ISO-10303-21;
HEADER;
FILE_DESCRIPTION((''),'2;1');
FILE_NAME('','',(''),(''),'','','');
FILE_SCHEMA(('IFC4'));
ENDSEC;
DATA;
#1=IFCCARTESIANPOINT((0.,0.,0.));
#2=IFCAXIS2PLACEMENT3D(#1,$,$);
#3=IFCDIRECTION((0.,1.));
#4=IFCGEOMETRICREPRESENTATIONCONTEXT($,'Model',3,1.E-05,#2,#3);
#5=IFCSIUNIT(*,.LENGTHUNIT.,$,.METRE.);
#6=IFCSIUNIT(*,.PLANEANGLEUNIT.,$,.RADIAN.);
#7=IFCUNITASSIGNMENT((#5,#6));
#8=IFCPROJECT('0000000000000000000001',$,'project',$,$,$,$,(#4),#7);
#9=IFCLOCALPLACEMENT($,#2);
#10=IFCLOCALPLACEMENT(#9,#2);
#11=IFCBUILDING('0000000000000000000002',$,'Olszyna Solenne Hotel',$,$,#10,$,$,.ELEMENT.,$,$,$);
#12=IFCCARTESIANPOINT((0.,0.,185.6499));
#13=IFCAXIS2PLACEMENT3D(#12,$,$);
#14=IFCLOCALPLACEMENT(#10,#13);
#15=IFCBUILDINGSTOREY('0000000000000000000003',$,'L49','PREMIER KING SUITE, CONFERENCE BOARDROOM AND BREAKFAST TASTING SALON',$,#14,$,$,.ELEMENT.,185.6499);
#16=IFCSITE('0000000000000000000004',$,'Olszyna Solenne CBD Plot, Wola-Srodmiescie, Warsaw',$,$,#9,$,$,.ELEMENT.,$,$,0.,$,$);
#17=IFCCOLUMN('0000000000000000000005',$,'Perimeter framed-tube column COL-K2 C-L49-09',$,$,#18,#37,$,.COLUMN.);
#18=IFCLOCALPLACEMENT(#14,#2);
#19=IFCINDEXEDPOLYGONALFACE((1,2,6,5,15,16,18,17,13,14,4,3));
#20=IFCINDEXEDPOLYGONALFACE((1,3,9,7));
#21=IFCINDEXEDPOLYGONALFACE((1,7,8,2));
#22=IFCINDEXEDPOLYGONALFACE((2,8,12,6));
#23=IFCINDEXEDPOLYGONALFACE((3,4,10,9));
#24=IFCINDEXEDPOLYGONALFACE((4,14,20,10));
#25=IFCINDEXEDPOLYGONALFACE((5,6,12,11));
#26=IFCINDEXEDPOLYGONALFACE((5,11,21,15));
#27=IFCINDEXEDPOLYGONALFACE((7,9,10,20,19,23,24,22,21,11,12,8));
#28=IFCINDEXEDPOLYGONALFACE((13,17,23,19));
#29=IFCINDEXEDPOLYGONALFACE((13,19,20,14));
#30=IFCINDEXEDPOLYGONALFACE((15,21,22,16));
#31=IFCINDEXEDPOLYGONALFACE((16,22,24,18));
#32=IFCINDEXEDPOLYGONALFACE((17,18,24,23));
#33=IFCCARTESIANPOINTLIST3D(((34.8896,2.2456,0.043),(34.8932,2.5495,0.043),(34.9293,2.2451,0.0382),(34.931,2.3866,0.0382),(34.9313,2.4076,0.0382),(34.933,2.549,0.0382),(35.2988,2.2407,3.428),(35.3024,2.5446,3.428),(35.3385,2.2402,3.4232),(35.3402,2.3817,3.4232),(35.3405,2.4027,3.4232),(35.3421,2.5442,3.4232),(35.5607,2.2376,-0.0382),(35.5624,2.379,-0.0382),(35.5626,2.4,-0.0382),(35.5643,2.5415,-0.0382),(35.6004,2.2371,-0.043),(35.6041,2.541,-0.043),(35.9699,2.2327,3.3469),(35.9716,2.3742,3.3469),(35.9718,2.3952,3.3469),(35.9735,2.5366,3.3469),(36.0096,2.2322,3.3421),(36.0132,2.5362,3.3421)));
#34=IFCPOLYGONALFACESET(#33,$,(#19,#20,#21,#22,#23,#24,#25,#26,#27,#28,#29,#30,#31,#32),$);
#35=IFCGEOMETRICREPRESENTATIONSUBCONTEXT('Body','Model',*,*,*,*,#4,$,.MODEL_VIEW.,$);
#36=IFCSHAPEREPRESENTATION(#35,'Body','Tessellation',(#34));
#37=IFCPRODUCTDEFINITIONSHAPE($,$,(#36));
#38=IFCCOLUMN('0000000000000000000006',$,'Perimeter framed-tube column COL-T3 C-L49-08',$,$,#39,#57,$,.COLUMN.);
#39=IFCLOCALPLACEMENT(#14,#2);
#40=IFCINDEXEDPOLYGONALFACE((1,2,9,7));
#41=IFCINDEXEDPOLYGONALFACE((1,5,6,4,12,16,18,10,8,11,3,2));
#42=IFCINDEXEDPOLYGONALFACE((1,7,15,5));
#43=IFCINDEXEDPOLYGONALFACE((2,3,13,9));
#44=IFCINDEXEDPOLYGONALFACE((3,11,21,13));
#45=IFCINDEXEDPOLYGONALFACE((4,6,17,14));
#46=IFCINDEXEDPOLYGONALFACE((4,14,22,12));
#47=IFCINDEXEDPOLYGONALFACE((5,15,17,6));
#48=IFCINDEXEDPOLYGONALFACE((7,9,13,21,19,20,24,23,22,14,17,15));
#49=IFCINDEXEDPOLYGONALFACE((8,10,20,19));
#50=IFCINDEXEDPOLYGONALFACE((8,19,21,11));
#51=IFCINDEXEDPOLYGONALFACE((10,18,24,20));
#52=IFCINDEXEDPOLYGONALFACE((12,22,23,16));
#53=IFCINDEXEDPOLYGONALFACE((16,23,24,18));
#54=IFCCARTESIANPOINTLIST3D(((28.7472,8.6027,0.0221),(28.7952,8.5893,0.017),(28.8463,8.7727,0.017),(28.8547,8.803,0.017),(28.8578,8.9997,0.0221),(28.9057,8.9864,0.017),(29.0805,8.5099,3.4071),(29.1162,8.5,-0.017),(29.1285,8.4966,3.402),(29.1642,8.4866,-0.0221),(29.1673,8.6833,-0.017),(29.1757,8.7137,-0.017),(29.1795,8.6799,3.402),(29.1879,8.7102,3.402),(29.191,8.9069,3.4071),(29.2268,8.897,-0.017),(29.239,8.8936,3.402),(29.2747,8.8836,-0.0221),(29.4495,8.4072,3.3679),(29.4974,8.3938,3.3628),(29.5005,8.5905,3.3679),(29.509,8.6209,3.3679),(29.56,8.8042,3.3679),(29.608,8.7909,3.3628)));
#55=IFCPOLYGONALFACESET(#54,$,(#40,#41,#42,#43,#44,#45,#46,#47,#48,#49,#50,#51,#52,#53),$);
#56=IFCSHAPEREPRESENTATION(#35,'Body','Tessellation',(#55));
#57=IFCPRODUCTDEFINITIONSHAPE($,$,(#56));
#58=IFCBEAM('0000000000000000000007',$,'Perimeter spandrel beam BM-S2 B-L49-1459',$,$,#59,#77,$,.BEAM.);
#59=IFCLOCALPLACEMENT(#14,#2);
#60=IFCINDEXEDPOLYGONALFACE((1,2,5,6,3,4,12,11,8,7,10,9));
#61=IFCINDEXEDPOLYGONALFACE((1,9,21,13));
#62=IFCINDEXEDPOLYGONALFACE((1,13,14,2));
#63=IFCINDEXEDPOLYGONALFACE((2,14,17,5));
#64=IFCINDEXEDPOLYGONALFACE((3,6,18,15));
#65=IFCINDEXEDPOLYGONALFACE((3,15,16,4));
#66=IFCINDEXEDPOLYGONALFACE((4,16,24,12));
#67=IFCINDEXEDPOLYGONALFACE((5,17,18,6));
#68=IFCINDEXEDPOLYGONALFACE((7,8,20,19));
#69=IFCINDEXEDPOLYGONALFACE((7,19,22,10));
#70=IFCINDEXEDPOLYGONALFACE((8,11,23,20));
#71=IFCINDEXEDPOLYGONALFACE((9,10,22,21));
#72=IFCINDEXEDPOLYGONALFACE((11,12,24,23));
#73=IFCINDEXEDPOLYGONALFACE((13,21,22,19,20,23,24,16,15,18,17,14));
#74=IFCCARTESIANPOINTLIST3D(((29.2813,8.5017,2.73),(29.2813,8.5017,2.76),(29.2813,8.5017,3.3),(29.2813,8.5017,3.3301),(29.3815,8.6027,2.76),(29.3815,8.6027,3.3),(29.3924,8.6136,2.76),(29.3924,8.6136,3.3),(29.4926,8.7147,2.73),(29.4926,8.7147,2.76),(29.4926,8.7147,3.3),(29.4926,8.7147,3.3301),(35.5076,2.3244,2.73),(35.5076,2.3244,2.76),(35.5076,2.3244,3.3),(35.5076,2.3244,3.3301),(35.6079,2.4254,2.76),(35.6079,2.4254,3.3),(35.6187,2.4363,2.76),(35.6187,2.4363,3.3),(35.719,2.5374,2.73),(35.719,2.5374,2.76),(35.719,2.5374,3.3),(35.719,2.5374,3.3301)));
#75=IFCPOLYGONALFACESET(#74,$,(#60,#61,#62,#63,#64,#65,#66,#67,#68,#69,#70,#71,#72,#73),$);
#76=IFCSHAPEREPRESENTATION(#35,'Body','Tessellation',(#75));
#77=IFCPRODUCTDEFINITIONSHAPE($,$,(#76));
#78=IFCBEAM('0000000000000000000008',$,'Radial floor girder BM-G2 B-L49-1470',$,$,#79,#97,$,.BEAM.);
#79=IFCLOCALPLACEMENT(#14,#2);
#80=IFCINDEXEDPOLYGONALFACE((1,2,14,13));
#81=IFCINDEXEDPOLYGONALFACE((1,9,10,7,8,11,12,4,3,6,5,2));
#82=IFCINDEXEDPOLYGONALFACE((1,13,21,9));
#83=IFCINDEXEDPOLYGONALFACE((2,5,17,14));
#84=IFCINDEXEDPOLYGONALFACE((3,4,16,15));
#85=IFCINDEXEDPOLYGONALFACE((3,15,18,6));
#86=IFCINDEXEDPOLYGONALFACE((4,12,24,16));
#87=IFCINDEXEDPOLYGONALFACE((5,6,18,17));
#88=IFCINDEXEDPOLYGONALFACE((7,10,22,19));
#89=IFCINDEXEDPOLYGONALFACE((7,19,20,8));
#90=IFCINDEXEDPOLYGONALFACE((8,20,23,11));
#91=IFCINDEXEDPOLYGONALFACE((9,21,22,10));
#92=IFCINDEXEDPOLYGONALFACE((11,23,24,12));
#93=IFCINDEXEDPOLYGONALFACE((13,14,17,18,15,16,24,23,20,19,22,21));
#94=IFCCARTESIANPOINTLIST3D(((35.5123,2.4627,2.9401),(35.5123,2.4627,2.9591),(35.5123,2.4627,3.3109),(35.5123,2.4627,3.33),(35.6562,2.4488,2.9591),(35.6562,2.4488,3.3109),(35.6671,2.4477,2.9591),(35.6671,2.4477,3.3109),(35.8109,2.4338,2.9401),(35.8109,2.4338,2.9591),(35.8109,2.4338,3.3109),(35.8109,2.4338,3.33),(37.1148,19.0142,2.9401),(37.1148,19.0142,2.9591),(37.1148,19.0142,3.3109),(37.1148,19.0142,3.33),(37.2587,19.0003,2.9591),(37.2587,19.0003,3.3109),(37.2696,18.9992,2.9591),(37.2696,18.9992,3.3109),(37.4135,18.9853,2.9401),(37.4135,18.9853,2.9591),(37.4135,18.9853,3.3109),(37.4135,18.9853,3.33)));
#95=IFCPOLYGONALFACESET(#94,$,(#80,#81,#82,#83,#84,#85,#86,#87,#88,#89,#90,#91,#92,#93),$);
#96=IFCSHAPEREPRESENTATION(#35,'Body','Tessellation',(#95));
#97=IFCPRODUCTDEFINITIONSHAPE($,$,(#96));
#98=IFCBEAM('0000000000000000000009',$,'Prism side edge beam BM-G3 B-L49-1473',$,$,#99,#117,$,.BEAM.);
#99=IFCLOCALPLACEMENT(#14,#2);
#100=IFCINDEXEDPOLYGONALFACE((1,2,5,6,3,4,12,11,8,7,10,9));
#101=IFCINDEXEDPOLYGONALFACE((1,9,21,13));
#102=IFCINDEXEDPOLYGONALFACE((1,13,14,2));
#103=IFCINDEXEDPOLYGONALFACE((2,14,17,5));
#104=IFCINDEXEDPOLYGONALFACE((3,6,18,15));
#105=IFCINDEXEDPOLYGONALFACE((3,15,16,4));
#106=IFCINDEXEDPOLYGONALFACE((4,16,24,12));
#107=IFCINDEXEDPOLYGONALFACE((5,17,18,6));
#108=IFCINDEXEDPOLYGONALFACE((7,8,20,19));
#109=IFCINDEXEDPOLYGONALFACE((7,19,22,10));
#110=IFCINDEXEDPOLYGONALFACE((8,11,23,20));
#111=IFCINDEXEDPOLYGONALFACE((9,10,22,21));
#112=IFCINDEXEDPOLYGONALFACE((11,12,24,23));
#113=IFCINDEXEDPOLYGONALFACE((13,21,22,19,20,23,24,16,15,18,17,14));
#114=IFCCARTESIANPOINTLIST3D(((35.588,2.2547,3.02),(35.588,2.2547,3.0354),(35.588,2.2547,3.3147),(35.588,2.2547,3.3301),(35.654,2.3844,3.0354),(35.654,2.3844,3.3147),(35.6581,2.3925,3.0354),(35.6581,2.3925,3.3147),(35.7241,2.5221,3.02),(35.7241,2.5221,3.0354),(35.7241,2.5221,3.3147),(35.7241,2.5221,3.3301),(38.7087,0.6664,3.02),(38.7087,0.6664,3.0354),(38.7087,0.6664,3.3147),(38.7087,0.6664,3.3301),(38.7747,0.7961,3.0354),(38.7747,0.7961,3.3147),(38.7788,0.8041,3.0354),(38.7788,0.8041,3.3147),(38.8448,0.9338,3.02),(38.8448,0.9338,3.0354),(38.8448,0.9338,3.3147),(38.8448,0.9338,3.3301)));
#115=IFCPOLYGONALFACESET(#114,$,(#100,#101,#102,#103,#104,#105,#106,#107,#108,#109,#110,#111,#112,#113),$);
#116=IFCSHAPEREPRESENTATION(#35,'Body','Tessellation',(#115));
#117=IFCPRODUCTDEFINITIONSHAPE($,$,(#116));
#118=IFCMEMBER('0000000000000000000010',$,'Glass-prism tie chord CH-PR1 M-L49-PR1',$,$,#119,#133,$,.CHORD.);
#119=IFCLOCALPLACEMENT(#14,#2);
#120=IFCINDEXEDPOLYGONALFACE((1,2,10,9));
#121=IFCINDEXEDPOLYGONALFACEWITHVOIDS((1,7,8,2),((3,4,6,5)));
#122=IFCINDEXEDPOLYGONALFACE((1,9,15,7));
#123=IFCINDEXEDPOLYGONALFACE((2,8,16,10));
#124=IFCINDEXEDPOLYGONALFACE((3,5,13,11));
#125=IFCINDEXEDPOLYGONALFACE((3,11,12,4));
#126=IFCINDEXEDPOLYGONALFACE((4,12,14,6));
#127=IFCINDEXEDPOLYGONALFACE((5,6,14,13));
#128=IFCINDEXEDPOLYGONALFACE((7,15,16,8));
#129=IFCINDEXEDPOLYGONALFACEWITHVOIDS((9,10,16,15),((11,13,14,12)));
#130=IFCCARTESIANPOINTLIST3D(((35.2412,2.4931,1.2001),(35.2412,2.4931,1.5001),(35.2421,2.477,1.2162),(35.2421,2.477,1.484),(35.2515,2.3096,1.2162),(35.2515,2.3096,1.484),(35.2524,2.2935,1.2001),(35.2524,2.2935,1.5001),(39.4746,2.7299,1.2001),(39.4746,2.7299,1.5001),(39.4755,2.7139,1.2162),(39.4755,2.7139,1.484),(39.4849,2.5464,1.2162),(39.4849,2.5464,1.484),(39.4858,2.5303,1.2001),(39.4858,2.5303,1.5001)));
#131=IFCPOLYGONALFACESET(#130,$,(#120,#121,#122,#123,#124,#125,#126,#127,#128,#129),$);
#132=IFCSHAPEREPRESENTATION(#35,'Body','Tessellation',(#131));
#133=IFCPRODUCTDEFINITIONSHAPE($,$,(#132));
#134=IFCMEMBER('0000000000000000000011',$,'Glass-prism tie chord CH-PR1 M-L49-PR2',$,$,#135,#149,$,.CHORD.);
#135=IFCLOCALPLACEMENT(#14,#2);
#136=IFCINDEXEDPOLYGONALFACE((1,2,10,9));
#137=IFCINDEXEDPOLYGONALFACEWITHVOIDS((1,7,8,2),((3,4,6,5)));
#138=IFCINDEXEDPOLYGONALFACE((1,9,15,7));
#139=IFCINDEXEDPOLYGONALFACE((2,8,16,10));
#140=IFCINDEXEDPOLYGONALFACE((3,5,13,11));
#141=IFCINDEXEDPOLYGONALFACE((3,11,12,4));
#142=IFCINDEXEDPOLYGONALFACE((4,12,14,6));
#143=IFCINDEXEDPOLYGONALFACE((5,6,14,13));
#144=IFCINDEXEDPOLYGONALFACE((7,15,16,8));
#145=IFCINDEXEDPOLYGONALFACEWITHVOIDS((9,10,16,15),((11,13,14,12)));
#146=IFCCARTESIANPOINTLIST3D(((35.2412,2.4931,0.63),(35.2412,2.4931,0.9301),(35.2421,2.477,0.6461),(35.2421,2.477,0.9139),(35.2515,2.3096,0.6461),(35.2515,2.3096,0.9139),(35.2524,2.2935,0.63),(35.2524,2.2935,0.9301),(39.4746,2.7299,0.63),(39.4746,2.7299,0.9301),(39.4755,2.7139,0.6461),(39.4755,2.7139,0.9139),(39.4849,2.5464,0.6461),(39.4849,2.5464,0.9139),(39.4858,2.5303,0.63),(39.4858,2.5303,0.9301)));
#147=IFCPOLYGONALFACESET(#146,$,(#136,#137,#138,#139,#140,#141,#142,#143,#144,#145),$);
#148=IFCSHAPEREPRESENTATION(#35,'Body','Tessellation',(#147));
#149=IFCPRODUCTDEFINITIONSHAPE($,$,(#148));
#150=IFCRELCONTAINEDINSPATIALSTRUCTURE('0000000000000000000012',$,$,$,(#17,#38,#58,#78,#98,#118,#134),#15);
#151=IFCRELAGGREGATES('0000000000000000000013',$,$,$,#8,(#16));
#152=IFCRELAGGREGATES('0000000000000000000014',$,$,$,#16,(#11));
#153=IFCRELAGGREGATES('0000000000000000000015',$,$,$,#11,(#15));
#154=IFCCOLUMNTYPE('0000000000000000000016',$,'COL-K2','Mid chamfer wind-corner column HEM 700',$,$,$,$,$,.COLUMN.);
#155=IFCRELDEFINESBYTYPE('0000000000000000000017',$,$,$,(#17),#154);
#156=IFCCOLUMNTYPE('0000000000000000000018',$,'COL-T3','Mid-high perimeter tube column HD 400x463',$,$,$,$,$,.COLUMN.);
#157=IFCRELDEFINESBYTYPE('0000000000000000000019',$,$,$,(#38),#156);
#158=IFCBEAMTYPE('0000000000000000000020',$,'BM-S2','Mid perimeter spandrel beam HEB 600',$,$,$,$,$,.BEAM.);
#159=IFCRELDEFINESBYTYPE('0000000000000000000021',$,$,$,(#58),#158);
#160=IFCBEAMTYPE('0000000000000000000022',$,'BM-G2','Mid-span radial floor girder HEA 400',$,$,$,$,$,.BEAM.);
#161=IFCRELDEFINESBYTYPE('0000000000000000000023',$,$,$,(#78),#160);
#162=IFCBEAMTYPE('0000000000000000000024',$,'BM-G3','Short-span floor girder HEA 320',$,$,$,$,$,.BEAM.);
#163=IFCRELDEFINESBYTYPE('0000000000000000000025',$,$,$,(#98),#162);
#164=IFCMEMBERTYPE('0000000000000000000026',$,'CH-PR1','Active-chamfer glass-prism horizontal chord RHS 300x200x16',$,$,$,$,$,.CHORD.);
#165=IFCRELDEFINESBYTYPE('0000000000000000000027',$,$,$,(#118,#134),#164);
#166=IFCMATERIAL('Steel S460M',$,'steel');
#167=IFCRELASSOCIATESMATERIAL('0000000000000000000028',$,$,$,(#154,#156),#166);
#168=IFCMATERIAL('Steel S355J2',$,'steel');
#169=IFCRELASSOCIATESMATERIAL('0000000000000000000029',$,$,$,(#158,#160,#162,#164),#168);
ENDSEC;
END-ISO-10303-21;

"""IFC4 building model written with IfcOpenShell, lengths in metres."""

from ifc_helpers import new_model, si_unit, direction, frame, origin, origin_2d, place, context, subcontext, project, spatial, hollow_rectangle, i_section, extrude, source, transform, mapped, material, material_profile, profile_set, type_object, element, save


model = new_model("IFC4")

# Units and contexts
model_context = context("Model", 3, precision=1e-05, world=origin(), true_north=direction((0.0, 1.0)))
body_context = subcontext(model_context, "Body", "Model", "MODEL_VIEW")
ifc_project = project(units=[si_unit("LENGTHUNIT", "METRE"), si_unit("PLANEANGLEUNIT", "RADIAN")], contexts=[model_context])

# Site, building, storey
site_placement = place(None, origin())
site = spatial("IfcSite", under=ifc_project, at=site_placement, Name="Olszyna Solenne CBD Plot, Wola-Srodmiescie, Warsaw", CompositionType="ELEMENT", RefElevation=0.0)
building_placement = place(site_placement, origin())
building = spatial("IfcBuilding", under=site, at=building_placement, Name="Olszyna Solenne Hotel", CompositionType="ELEMENT")
storey_placement = place(building_placement, frame((0.0, 0.0, 185.6499)))
storey = spatial("IfcBuildingStorey", under=building, at=storey_placement, Name="L49", Description="PREMIER KING SUITE, CONFERENCE BOARDROOM AND BREAKFAST TASTING SALON", CompositionType="ELEMENT", Elevation=185.6499)

# Columns
ifc_material_1 = material(Name="Steel S460M", Category="steel")
ifc_material_profile_1 = material_profile(ifc_material_1, i_section(OverallWidth=0.304, OverallDepth=0.7161, WebThickness=0.021, FlangeThickness=0.04, at=origin_2d()), Name="HEM 700", Category="load-bearing")
ifc_profile_set_1 = profile_set([ifc_material_profile_1], Name="Steel S460M")
column_type_1 = type_object("IfcColumnType", Name="COL-K2", Description="Mid chamfer wind-corner column HEM 700", PredefinedType="COLUMN", material=ifc_profile_set_1)
shared_shape_1 = source(origin(), body_context, "Body", "SweptSolid", [
    extrude(i_section(OverallWidth=0.304, OverallDepth=0.7161, WebThickness=0.021, FlangeThickness=0.04, at=origin_2d()), origin(), (0.0, 0.0, 1.0), 3.4097),
])
column_1_placement = place(storey_placement, frame((35.2468, 2.3933, 0.0), z_axis=(0.120006, -0.001432, 0.992772), x_axis=(0.011932, 0.999929, 0.0)))
element("IfcColumn", 1, at=column_1_placement, inside=storey, type_object=column_type_1, Name="Perimeter framed-tube column COL-K2 C-L49-09", PredefinedType="COLUMN", context=body_context, shape_type="MappedRepresentation", body=[
    mapped(shared_shape_1, transform((0.0, 0.0, 0.0), x_axis=(1.0, 0.0, 0.0), y_axis=(0.0, 1.0, 0.0), z_axis=(0.0, 0.0, 1.0), scale=1.0)),
])
ifc_material_profile_2 = material_profile(ifc_material_1, i_section(OverallWidth=0.4121, OverallDepth=0.4351, WebThickness=0.0315, FlangeThickness=0.05, at=origin_2d()), Name="HD 400x463", Category="load-bearing")
ifc_profile_set_2 = profile_set([ifc_material_profile_2], Name="Steel S460M")
column_type_2 = type_object("IfcColumnType", Name="COL-T3", Description="Mid-high perimeter tube column HD 400x463", PredefinedType="COLUMN", material=ifc_profile_set_2)
shared_shape_2 = source(origin(), body_context, "Body", "SweptSolid", [
    extrude(i_section(OverallWidth=0.4121, OverallDepth=0.4351, WebThickness=0.0315, FlangeThickness=0.05, at=origin_2d()), origin(), (0.0, 0.0, 1.0), 3.4026),
])
column_2_placement = place(storey_placement, frame((29.011, 8.7432, 0.0), z_axis=(0.097939, -0.027265, 0.994819), x_axis=(0.26819, 0.963366, 0.0)))
element("IfcColumn", 2, at=column_2_placement, inside=storey, type_object=column_type_2, Name="Perimeter framed-tube column COL-T3 C-L49-08", PredefinedType="COLUMN", context=body_context, shape_type="MappedRepresentation", body=[
    mapped(shared_shape_2, transform((0.0, 0.0, 0.0), x_axis=(1.0, 0.0, 0.0), y_axis=(0.0, 1.0, 0.0), z_axis=(0.0, 0.0, 1.0), scale=1.0)),
])

# Beams
ifc_material_2 = material(Name="Steel S355J2", Category="steel")
ifc_material_profile_3 = material_profile(ifc_material_2, i_section(OverallWidth=0.3, OverallDepth=0.6001, WebThickness=0.0154, FlangeThickness=0.03, at=origin_2d()), Name="HEB 600", Category="load-bearing")
ifc_profile_set_3 = profile_set([ifc_material_profile_3], Name="Steel S355J2")
beam_type_1 = type_object("IfcBeamType", Name="BM-S2", Description="Mid perimeter spandrel beam HEB 600", PredefinedType="BEAM", material=ifc_profile_set_3)
shared_shape_3 = source(origin(), body_context, "Body", "SweptSolid", [
    extrude(i_section(OverallWidth=0.3, OverallDepth=0.6001, WebThickness=0.0154, FlangeThickness=0.03, at=origin_2d()), origin(), (0.0, 0.0, 1.0), 8.7708),
])
beam_1_placement = place(storey_placement, frame((29.387, 8.6082, 3.03), z_axis=(0.709899, -0.704304, 0.0), x_axis=(0.704304, 0.709899, 0.0)))
element("IfcBeam", 3, at=beam_1_placement, inside=storey, type_object=beam_type_1, Name="Perimeter spandrel beam BM-S2 B-L49-1459", PredefinedType="BEAM", context=body_context, shape_type="MappedRepresentation", body=[
    mapped(shared_shape_3, transform((0.0, 0.0, 0.0), x_axis=(1.0, 0.0, 0.0), y_axis=(0.0, 1.0, 0.0), z_axis=(0.0, 0.0, 1.0), scale=1.0)),
])
ifc_material_profile_4 = material_profile(ifc_material_2, i_section(OverallWidth=0.3, OverallDepth=0.3899, WebThickness=0.011, FlangeThickness=0.019, at=origin_2d()), Name="HEA 400", Category="load-bearing")
ifc_profile_set_4 = profile_set([ifc_material_profile_4], Name="Steel S355J2")
beam_type_2 = type_object("IfcBeamType", Name="BM-G2", Description="Mid-span radial floor girder HEA 400", PredefinedType="BEAM", material=ifc_profile_set_4)
shared_shape_4 = source(origin(), body_context, "Body", "SweptSolid", [
    extrude(i_section(OverallWidth=0.3, OverallDepth=0.3899, WebThickness=0.011, FlangeThickness=0.019, at=origin_2d()), origin(), (0.0, 0.0, 1.0), 16.6289),
])
beam_2_placement = place(storey_placement, frame((35.6616, 2.4482, 3.135), z_axis=(0.096371, 0.995346, 0.0), x_axis=(-0.995346, 0.096371, 0.0)))
element("IfcBeam", 4, at=beam_2_placement, inside=storey, type_object=beam_type_2, Name="Radial floor girder BM-G2 B-L49-1470", PredefinedType="BEAM", context=body_context, shape_type="MappedRepresentation", body=[
    mapped(shared_shape_4, transform((0.0, 0.0, 0.0), x_axis=(1.0, 0.0, 0.0), y_axis=(0.0, 1.0, 0.0), z_axis=(0.0, 0.0, 1.0), scale=1.0)),
])
ifc_material_profile_5 = material_profile(ifc_material_2, i_section(OverallWidth=0.3, OverallDepth=0.3101, WebThickness=0.009, FlangeThickness=0.0154, at=origin_2d()), Name="HEA 320", Category="load-bearing")
ifc_profile_set_5 = profile_set([ifc_material_profile_5], Name="Steel S355J2")
beam_type_3 = type_object("IfcBeamType", Name="BM-G3", Description="Short-span floor girder HEA 320", PredefinedType="BEAM", material=ifc_profile_set_5)
shared_shape_5 = source(origin(), body_context, "Body", "SweptSolid", [
    extrude(i_section(OverallWidth=0.3, OverallDepth=0.3101, WebThickness=0.009, FlangeThickness=0.0154, at=origin_2d()), origin(), (0.0, 0.0, 1.0), 3.5017),
])
beam_3_placement = place(storey_placement, frame((35.656, 2.3884, 3.175), z_axis=(0.891211, -0.453588, 0.0), x_axis=(0.453588, 0.891211, 0.0)))
element("IfcBeam", 5, at=beam_3_placement, inside=storey, type_object=beam_type_3, Name="Prism side edge beam BM-G3 B-L49-1473", PredefinedType="BEAM", context=body_context, shape_type="MappedRepresentation", body=[
    mapped(shared_shape_5, transform((0.0, 0.0, 0.0), x_axis=(1.0, 0.0, 0.0), y_axis=(0.0, 1.0, 0.0), z_axis=(0.0, 0.0, 1.0), scale=1.0)),
])

# Members
ifc_material_profile_6 = material_profile(ifc_material_2, hollow_rectangle(XDim=0.2, YDim=0.3, WallThickness=0.0161, at=origin_2d()), Name="RHS 300x200x16", Category="load-bearing")
ifc_profile_set_6 = profile_set([ifc_material_profile_6], Name="Steel S355J2")
member_type_1 = type_object("IfcMemberType", Name="CH-PR1", Description="Active-chamfer glass-prism horizontal chord RHS 300x200x16", PredefinedType="CHORD", material=ifc_profile_set_6)
shared_shape_6 = source(origin(), body_context, "Body", "SweptSolid", [
    extrude(hollow_rectangle(XDim=0.2, YDim=0.3, WallThickness=0.0161, at=origin_2d()), origin(), (0.0, 0.0, 1.0), 4.24),
])
for number, where, z_axis, x_axis, name in (
    (6, (35.2468, 2.3933, 1.3501), (0.998439, 0.055853, 0.0), (-0.055853, 0.998439, 0.0), "Glass-prism tie chord CH-PR1 M-L49-PR1"),
    (7, (35.2468, 2.3933, 0.78), (0.998439, 0.055853, 0.0), (-0.055853, 0.998439, 0.0), "Glass-prism tie chord CH-PR1 M-L49-PR2"),
):
    element("IfcMember", number, at=place(storey_placement, frame(where, z_axis=z_axis, x_axis=x_axis)), inside=storey, type_object=member_type_1, Name=name, PredefinedType="CHORD", context=body_context, shape_type="MappedRepresentation", body=[
        mapped(shared_shape_6, transform((0.0, 0.0, 0.0), x_axis=(1.0, 0.0, 0.0), y_axis=(0.0, 1.0, 0.0), z_axis=(0.0, 0.0, 1.0), scale=1.0)),
    ])

save(model, "model.ifc")
